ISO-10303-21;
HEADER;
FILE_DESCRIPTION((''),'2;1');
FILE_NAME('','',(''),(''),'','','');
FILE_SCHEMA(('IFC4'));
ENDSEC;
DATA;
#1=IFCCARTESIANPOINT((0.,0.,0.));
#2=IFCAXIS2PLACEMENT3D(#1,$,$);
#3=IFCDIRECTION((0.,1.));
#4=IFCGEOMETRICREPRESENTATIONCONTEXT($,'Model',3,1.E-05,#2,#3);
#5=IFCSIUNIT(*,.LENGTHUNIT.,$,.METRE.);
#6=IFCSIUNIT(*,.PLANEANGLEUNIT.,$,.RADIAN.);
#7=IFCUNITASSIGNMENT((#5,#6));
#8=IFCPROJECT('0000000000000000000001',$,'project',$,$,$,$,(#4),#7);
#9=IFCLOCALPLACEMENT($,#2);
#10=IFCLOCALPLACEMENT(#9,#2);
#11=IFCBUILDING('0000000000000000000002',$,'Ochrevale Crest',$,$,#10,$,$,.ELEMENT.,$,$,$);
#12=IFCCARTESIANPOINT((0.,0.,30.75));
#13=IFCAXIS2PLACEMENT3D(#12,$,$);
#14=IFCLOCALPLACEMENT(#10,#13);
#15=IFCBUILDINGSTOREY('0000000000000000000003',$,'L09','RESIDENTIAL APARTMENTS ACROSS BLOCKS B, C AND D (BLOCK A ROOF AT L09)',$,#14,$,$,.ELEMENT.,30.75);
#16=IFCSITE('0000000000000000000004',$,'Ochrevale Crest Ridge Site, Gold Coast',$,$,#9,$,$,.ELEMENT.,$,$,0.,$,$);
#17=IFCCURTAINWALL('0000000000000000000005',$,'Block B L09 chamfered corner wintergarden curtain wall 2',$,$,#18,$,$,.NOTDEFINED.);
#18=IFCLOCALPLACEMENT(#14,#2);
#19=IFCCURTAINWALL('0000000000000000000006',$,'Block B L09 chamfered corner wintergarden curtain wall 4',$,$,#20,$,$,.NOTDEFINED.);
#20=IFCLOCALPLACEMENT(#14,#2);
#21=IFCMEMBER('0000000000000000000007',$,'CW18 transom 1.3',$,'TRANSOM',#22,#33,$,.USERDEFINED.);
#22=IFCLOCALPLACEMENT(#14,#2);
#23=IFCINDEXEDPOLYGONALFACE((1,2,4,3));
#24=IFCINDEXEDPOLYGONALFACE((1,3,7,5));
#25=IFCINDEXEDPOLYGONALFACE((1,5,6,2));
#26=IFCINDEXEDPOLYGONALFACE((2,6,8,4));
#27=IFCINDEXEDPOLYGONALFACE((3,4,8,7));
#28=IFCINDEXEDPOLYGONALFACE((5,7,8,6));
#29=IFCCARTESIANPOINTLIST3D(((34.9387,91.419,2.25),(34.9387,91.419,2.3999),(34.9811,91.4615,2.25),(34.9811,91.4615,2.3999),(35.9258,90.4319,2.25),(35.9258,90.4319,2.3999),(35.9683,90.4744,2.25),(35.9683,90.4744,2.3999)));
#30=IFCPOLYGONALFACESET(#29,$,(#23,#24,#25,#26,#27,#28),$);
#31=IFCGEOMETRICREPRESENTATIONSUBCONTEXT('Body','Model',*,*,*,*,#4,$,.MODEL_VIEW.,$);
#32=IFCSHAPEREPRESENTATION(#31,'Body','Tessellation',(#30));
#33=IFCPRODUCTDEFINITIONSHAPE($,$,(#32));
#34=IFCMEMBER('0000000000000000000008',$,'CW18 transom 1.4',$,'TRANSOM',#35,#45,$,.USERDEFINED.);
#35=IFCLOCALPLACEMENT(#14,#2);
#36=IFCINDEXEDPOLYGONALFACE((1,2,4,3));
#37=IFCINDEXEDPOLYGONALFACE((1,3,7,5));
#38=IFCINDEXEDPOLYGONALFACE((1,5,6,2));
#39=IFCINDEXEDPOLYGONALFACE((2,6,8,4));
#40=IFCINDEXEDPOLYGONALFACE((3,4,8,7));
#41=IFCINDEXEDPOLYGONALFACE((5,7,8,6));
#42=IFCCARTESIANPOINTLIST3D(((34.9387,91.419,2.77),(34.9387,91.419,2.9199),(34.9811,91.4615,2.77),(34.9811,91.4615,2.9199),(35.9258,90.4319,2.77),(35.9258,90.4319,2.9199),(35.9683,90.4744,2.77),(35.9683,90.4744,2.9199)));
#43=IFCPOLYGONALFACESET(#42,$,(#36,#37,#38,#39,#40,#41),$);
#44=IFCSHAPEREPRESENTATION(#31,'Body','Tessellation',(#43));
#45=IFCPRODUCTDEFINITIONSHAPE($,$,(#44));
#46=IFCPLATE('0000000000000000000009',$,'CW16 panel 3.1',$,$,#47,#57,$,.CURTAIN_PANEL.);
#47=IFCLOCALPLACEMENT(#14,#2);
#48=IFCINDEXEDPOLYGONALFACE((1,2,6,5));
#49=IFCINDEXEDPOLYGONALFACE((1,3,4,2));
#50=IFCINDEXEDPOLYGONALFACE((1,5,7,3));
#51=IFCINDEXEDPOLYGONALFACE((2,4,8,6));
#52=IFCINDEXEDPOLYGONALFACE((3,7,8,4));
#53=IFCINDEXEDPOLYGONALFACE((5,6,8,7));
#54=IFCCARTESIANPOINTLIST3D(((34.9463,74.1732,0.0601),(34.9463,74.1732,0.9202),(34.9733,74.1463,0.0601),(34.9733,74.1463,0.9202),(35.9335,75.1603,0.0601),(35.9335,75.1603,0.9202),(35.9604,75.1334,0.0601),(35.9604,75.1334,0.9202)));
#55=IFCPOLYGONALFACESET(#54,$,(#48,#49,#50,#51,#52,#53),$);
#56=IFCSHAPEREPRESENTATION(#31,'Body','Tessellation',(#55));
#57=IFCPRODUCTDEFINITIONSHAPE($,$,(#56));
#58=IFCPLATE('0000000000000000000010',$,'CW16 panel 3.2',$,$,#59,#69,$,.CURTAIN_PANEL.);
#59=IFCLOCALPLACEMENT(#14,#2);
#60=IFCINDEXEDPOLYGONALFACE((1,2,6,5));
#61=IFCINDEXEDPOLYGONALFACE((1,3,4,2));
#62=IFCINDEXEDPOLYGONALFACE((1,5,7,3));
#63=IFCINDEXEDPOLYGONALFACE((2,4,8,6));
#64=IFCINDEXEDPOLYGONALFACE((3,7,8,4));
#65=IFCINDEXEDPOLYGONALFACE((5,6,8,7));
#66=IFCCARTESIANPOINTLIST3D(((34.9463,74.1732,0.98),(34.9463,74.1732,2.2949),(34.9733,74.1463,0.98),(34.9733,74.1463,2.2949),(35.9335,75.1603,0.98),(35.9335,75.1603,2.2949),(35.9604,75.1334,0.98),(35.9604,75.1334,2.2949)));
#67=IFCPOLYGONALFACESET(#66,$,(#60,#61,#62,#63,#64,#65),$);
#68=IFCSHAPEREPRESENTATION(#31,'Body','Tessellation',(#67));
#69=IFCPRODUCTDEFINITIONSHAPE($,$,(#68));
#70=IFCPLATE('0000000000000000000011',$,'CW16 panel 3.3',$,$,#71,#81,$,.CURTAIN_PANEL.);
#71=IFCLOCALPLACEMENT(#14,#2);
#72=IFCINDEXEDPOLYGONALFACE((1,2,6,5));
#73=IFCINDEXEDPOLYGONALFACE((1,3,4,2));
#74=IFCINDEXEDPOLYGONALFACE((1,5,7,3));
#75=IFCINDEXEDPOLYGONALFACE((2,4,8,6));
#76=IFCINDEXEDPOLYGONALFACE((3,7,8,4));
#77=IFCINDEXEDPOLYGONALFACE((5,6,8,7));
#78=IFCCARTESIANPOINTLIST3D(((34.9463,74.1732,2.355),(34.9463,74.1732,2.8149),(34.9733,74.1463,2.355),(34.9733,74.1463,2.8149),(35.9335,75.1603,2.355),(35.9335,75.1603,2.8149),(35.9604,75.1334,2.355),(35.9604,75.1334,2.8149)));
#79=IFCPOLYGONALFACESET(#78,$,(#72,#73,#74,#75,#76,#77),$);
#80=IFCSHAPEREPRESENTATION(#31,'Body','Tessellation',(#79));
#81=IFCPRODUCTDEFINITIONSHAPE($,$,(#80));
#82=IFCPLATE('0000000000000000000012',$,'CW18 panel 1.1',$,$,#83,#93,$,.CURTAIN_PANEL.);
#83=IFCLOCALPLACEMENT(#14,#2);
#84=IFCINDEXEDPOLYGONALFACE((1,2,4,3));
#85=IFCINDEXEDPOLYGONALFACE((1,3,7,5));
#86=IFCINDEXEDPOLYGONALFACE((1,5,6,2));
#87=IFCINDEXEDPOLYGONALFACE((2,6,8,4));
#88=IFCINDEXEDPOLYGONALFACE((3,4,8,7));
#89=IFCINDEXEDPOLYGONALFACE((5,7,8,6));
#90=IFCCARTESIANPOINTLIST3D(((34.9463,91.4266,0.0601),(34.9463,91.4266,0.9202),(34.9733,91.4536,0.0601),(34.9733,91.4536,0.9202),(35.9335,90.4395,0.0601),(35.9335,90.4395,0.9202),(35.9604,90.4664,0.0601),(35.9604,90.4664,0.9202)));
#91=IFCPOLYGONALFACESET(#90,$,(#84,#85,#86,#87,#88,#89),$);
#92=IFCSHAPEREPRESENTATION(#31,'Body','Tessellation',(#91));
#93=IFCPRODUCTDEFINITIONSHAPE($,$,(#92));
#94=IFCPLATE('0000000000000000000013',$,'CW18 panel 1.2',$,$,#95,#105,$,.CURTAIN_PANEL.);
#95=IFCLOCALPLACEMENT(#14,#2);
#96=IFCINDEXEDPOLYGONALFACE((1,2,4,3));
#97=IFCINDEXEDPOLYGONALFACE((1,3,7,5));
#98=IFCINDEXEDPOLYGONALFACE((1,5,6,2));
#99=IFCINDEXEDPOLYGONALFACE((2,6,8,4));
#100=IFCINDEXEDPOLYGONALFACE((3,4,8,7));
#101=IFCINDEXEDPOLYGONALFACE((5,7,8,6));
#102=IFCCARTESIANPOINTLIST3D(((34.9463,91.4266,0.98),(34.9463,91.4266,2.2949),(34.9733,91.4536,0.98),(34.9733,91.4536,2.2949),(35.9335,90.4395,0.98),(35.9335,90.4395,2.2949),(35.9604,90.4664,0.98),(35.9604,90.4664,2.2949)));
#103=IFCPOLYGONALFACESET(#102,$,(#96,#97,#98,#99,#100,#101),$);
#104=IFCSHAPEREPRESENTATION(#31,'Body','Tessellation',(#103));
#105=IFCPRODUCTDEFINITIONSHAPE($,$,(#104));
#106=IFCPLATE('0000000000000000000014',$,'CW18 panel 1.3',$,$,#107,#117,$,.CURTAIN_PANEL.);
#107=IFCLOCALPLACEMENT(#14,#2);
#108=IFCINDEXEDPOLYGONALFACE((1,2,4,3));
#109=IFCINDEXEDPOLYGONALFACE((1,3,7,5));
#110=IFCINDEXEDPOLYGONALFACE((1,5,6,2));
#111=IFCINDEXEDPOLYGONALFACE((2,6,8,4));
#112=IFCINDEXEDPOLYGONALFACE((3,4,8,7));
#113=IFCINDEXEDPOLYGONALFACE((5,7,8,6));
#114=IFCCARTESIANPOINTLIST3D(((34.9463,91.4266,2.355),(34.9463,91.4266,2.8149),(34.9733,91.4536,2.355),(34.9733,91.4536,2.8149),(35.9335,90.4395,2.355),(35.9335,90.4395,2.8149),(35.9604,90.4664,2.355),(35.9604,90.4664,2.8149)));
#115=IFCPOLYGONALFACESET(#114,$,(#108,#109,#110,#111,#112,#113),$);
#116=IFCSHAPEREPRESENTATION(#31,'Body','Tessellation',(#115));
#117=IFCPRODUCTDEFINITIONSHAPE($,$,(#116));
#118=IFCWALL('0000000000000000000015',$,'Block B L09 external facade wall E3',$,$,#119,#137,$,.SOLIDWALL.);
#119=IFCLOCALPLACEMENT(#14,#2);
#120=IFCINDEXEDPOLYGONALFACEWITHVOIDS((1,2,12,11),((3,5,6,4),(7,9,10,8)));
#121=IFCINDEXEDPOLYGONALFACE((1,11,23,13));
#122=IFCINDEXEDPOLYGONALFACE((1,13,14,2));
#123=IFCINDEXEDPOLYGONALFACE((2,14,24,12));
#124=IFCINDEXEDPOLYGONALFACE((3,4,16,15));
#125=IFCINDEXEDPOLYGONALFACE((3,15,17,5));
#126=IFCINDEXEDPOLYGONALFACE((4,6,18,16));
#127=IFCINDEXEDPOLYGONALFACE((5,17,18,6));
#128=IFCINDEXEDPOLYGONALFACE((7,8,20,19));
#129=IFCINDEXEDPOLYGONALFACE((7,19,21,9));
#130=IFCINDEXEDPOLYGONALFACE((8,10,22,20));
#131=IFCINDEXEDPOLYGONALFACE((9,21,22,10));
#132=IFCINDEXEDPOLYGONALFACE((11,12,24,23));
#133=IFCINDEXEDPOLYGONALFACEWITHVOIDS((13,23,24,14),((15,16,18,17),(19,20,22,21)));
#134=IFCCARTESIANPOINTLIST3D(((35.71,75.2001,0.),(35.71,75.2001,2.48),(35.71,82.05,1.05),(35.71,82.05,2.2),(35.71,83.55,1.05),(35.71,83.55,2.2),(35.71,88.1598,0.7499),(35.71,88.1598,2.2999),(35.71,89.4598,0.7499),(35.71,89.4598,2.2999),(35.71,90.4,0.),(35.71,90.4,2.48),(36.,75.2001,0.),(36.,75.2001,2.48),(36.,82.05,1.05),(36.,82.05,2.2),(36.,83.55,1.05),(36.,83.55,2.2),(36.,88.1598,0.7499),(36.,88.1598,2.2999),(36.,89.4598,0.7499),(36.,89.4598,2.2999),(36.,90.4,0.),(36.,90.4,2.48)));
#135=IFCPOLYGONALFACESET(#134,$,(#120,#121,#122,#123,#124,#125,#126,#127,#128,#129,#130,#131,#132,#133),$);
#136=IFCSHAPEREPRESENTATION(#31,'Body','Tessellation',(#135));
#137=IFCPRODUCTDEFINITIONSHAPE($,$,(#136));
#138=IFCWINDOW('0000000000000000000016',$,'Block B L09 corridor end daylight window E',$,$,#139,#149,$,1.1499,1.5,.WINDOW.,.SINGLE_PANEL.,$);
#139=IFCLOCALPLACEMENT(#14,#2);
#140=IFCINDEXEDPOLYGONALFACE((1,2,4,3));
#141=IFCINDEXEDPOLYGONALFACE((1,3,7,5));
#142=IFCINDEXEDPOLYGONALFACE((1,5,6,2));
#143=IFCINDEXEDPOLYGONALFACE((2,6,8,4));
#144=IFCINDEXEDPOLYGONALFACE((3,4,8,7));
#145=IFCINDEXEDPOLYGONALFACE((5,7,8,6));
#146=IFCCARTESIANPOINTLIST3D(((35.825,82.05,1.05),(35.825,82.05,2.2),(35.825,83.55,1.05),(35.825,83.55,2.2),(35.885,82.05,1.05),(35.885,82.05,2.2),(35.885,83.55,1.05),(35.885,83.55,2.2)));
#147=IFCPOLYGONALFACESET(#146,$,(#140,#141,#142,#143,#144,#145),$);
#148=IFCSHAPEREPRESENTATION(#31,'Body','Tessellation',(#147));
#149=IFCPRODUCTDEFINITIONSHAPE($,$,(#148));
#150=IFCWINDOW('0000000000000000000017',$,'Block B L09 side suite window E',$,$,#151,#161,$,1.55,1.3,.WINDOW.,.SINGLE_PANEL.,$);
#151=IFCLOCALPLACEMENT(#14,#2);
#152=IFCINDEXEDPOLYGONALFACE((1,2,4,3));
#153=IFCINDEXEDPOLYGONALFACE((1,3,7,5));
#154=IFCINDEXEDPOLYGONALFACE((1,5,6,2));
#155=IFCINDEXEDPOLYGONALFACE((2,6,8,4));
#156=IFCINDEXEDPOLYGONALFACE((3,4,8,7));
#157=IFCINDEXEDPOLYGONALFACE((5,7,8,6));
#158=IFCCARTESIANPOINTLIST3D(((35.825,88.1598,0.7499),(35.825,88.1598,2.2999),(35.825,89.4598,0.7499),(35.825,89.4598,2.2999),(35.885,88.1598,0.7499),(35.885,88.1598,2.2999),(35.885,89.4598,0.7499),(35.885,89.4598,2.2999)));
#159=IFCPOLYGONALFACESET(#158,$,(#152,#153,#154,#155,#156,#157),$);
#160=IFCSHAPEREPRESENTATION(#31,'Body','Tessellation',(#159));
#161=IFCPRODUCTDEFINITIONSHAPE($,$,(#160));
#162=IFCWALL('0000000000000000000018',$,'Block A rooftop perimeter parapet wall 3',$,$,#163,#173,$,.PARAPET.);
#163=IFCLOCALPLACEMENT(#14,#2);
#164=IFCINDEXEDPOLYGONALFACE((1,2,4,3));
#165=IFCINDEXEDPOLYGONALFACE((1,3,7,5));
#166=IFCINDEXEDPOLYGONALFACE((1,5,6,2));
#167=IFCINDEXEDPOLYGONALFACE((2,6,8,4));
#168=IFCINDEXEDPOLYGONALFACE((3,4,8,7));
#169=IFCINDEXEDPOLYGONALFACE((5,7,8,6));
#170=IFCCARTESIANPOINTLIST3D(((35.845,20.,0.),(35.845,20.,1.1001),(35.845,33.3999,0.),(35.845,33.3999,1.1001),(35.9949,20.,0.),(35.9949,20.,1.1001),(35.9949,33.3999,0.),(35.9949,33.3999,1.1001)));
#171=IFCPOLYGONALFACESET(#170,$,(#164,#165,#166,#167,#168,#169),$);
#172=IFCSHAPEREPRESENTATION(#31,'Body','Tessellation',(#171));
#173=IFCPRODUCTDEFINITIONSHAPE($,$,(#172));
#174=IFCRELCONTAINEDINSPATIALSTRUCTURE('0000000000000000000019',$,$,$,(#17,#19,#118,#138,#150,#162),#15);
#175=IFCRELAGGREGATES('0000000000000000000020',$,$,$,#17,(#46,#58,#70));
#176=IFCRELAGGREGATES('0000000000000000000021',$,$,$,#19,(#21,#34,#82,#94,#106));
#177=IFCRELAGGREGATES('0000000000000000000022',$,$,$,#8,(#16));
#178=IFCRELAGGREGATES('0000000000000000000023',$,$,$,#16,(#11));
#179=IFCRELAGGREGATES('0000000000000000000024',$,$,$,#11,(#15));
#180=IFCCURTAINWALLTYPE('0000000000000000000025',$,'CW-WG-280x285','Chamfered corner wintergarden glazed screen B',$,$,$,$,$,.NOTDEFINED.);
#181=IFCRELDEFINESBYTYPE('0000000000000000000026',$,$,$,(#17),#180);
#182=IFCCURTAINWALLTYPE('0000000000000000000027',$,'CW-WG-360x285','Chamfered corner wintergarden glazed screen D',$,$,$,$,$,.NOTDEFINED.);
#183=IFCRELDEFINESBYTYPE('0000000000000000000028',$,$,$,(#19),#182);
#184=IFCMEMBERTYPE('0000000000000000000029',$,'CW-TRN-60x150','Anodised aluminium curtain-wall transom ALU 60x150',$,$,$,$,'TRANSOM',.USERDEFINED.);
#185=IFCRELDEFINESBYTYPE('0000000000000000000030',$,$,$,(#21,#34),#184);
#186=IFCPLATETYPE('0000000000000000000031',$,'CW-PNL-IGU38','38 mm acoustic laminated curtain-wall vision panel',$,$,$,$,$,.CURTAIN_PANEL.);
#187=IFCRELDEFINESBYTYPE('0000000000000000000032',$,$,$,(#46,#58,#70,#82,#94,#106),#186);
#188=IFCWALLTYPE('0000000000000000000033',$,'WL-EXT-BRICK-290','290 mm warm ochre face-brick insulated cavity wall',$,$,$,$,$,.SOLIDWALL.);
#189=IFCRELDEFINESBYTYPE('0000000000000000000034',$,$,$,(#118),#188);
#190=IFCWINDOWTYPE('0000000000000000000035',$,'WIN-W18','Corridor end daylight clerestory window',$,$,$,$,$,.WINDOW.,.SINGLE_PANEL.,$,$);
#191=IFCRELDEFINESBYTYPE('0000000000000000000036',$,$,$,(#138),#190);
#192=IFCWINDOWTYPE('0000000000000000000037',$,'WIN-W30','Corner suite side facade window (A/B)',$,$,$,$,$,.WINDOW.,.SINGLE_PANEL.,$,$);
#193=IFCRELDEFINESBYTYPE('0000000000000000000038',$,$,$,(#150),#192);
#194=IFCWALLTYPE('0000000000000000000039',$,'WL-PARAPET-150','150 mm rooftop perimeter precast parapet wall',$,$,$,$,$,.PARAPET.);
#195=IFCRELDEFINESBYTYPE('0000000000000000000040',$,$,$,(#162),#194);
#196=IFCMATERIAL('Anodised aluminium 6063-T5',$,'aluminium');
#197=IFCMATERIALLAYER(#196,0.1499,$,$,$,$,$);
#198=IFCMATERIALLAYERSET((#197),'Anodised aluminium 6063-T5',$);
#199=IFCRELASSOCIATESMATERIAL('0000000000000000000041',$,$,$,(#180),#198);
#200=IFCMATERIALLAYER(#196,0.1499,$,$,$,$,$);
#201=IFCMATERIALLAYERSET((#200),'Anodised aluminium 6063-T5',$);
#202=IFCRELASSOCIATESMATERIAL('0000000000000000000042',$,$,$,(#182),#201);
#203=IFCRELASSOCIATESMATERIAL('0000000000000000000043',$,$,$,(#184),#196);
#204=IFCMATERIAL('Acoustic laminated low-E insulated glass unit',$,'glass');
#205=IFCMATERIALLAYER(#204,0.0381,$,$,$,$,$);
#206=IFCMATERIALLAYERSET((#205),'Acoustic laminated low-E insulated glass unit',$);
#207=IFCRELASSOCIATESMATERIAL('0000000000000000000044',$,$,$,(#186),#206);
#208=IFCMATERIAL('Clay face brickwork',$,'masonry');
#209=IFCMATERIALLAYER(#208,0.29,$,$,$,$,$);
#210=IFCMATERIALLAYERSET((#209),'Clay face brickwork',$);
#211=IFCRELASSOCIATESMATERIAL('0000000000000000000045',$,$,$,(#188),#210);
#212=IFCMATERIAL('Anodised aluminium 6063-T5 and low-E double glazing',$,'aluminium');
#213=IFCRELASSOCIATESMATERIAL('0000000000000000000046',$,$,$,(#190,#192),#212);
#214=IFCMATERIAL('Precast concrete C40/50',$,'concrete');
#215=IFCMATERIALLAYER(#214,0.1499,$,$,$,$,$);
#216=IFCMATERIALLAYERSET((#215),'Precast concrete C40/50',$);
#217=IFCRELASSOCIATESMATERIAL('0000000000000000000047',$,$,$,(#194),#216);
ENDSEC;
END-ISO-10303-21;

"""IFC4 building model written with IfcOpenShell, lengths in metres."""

from ifc_helpers import new_model, si_unit, direction, frame, frame_2d, origin, origin_2d, place, context, subcontext, project, spatial, rectangle, extrude, material, layer, layer_set, material_profile, profile_set, type_object, element, fill, aggregate, save


model = new_model("IFC4")

# Units and contexts
model_context = context("Model", 3, precision=1e-05, world=origin(), true_north=direction((0.0, 1.0)))
body_context = subcontext(model_context, "Body", "Model", "MODEL_VIEW")
ifc_project = project(units=[si_unit("LENGTHUNIT", "METRE"), si_unit("PLANEANGLEUNIT", "RADIAN")], contexts=[model_context])

# Site, building, storey
site_placement = place(None, origin())
site = spatial("IfcSite", under=ifc_project, at=site_placement, Name="Ochrevale Crest Ridge Site, Gold Coast", CompositionType="ELEMENT", RefElevation=0.0)
building_placement = place(site_placement, origin())
building = spatial("IfcBuilding", under=site, at=building_placement, Name="Ochrevale Crest", CompositionType="ELEMENT")
storey_placement = place(building_placement, frame((0.0, 0.0, 30.75)))
storey = spatial("IfcBuildingStorey", under=building, at=storey_placement, Name="L09", Description="RESIDENTIAL APARTMENTS ACROSS BLOCKS B, C AND D (BLOCK A ROOF AT L09)", CompositionType="ELEMENT", Elevation=30.75)

# Shared definitions
ifc_material_1 = material(Name="Precast concrete C40/50", Category="concrete")

# Curtain walls
ifc_material_2 = material(Name="Anodised aluminium 6063-T5", Category="aluminium")
ifc_layer_1 = layer(ifc_material_2, 0.1499)
ifc_layer_set_1 = layer_set([ifc_layer_1], Name="Anodised aluminium 6063-T5")
curtain_wall_type_1 = type_object("IfcCurtainWallType", Name="CW-WG-280x285", Description="Chamfered corner wintergarden glazed screen B", PredefinedType="NOTDEFINED", material=ifc_layer_set_1)
curtain_wall_1_placement = place(storey_placement, origin())
curtain_wall_1 = element("IfcCurtainWall", 1, at=curtain_wall_1_placement, inside=storey, type_object=curtain_wall_type_1, Name="Block B L09 chamfered corner wintergarden curtain wall 2", PredefinedType="NOTDEFINED")
ifc_layer_2 = layer(ifc_material_2, 0.1499)
ifc_layer_set_2 = layer_set([ifc_layer_2], Name="Anodised aluminium 6063-T5")
curtain_wall_type_2 = type_object("IfcCurtainWallType", Name="CW-WG-360x285", Description="Chamfered corner wintergarden glazed screen D", PredefinedType="NOTDEFINED", material=ifc_layer_set_2)
curtain_wall_2_placement = place(storey_placement, origin())
curtain_wall_2 = element("IfcCurtainWall", 2, at=curtain_wall_2_placement, inside=storey, type_object=curtain_wall_type_2, Name="Block B L09 chamfered corner wintergarden curtain wall 4", PredefinedType="NOTDEFINED")

# Members
ifc_material_profile_1 = material_profile(ifc_material_2, rectangle(XDim=0.0601, YDim=0.1499, at=origin_2d()), Name="ALU 60x150")
ifc_profile_set_1 = profile_set([ifc_material_profile_1], Name="Anodised aluminium 6063-T5")
member_type_1 = type_object("IfcMemberType", Name="CW-TRN-60x150", Description="Anodised aluminium curtain-wall transom ALU 60x150", ElementType="TRANSOM", PredefinedType="USERDEFINED", material=ifc_profile_set_1)
member_1_placement = place(storey_placement, frame((35.947, 90.4531, 2.325), z_axis=(-0.707107, 0.707107, 0.0), x_axis=(-0.707107, -0.707107, 0.0)))
member_1 = element("IfcMember", 3, at=member_1_placement, type_object=member_type_1, Name="CW18 transom 1.3", ObjectType="TRANSOM", PredefinedType="USERDEFINED", context=body_context, shape_type="SweptSolid", body=[
    extrude(rectangle(XDim=0.0601, YDim=0.1499, at=origin_2d()), origin(), (0.0, 0.0, 1.0), 1.396),
])
member_2_placement = place(storey_placement, frame((35.947, 90.4531, 2.845), z_axis=(-0.707107, 0.707107, 0.0), x_axis=(-0.707107, -0.707107, 0.0)))
member_2 = element("IfcMember", 4, at=member_2_placement, type_object=member_type_1, Name="CW18 transom 1.4", ObjectType="TRANSOM", PredefinedType="USERDEFINED", context=body_context, shape_type="SweptSolid", body=[
    extrude(rectangle(XDim=0.0601, YDim=0.1499, at=origin_2d()), origin(), (0.0, 0.0, 1.0), 1.396),
])

# Plates
ifc_material_3 = material(Name="Acoustic laminated low-E insulated glass unit", Category="glass")
ifc_layer_3 = layer(ifc_material_3, 0.0381)
ifc_layer_set_3 = layer_set([ifc_layer_3], Name="Acoustic laminated low-E insulated glass unit")
plate_type = type_object("IfcPlateType", Name="CW-PNL-IGU38", Description="38 mm acoustic laminated curtain-wall vision panel", PredefinedType="CURTAIN_PANEL", material=ifc_layer_set_3)
plate_1_placement = place(storey_placement, frame((35.4534, 74.6533, 0.0601), z_axis=(0.0, 0.0, 1.0), x_axis=(0.707107, 0.707107, 0.0)))
plate_1 = element("IfcPlate", 5, at=plate_1_placement, type_object=plate_type, Name="CW16 panel 3.1", PredefinedType="CURTAIN_PANEL", context=body_context, shape_type="SweptSolid", body=[
    extrude(rectangle(XDim=1.396, YDim=0.0381, at=origin_2d()), origin(), (0.0, 0.0, 1.0), 0.8601),
])
plate_2_placement = place(storey_placement, frame((35.4534, 74.6533, 0.98), z_axis=(0.0, 0.0, 1.0), x_axis=(0.707107, 0.707107, 0.0)))
plate_2 = element("IfcPlate", 6, at=plate_2_placement, type_object=plate_type, Name="CW16 panel 3.2", PredefinedType="CURTAIN_PANEL", context=body_context, shape_type="SweptSolid", body=[
    extrude(rectangle(XDim=1.396, YDim=0.0381, at=origin_2d()), origin(), (0.0, 0.0, 1.0), 1.3149),
])
plate_3_placement = place(storey_placement, frame((35.4534, 74.6533, 2.355), z_axis=(0.0, 0.0, 1.0), x_axis=(0.707107, 0.707107, 0.0)))
plate_3 = element("IfcPlate", 7, at=plate_3_placement, type_object=plate_type, Name="CW16 panel 3.3", PredefinedType="CURTAIN_PANEL", context=body_context, shape_type="SweptSolid", body=[
    extrude(rectangle(XDim=1.396, YDim=0.0381, at=origin_2d()), origin(), (0.0, 0.0, 1.0), 0.46),
])
aggregate(curtain_wall_1, [plate_1, plate_2, plate_3])
plate_4_placement = place(storey_placement, frame((35.4534, 90.9465, 0.0601), z_axis=(0.0, 0.0, 1.0), x_axis=(-0.707107, 0.707107, 0.0)))
plate_4 = element("IfcPlate", 8, at=plate_4_placement, type_object=plate_type, Name="CW18 panel 1.1", PredefinedType="CURTAIN_PANEL", context=body_context, shape_type="SweptSolid", body=[
    extrude(rectangle(XDim=1.396, YDim=0.0381, at=origin_2d()), origin(), (0.0, 0.0, 1.0), 0.8601),
])
plate_5_placement = place(storey_placement, frame((35.4534, 90.9465, 0.98), z_axis=(0.0, 0.0, 1.0), x_axis=(-0.707107, 0.707107, 0.0)))
plate_5 = element("IfcPlate", 9, at=plate_5_placement, type_object=plate_type, Name="CW18 panel 1.2", PredefinedType="CURTAIN_PANEL", context=body_context, shape_type="SweptSolid", body=[
    extrude(rectangle(XDim=1.396, YDim=0.0381, at=origin_2d()), origin(), (0.0, 0.0, 1.0), 1.3149),
])
plate_6_placement = place(storey_placement, frame((35.4534, 90.9465, 2.355), z_axis=(0.0, 0.0, 1.0), x_axis=(-0.707107, 0.707107, 0.0)))
plate_6 = element("IfcPlate", 10, at=plate_6_placement, type_object=plate_type, Name="CW18 panel 1.3", PredefinedType="CURTAIN_PANEL", context=body_context, shape_type="SweptSolid", body=[
    extrude(rectangle(XDim=1.396, YDim=0.0381, at=origin_2d()), origin(), (0.0, 0.0, 1.0), 0.46),
])
aggregate(curtain_wall_2, [member_1, member_2, plate_4, plate_5, plate_6])

# Wall, openings, windows
ifc_material_4 = material(Name="Clay face brickwork", Category="masonry")
ifc_layer_4 = layer(ifc_material_4, 0.29)
ifc_layer_set_4 = layer_set([ifc_layer_4], Name="Clay face brickwork")
wall_type_1 = type_object("IfcWallType", Name="WL-EXT-BRICK-290", Description="290 mm warm ochre face-brick insulated cavity wall", PredefinedType="SOLIDWALL", material=ifc_layer_set_4)
wall_1_placement = place(storey_placement, frame((35.855, 75.2, 0.0), z_axis=(0.0, 0.0, 1.0), x_axis=(0.0, 1.0, 0.0)))
wall_1 = element("IfcWall", 11, at=wall_1_placement, inside=storey, type_object=wall_type_1, Name="Block B L09 external facade wall E3", PredefinedType="SOLIDWALL", context=body_context, shape_type="SweptSolid", body=[
    extrude(rectangle(XDim=15.2, YDim=0.29, at=frame_2d((7.6001, 0.0))), origin(), (0.0, 0.0, 1.0), 2.48),
])
opening_1_placement = place(wall_1_placement, frame((6.8501, 0.0, 1.05)))
opening_1 = element("IfcOpeningElement", 12, at=opening_1_placement, cuts=wall_1, PredefinedType="OPENING", context=body_context, shape_type="SweptSolid", body=[
    extrude(rectangle(XDim=1.5, YDim=1.1499, at=frame_2d((0.75, 0.575))), frame((0.0, 0.155, 0.0), z_axis=(0.0, -1.0, 0.0), x_axis=(1.0, 0.0, 0.0)), (0.0, 0.0, 1.0), 0.3101),
])
opening_2_placement = place(wall_1_placement, frame((12.96, 0.0, 0.75)))
opening_2 = element("IfcOpeningElement", 13, at=opening_2_placement, cuts=wall_1, PredefinedType="OPENING", context=body_context, shape_type="SweptSolid", body=[
    extrude(rectangle(XDim=1.3, YDim=1.55, at=frame_2d((0.6499, 0.7749))), frame((0.0, 0.155, 0.0), z_axis=(0.0, -1.0, 0.0), x_axis=(1.0, 0.0, 0.0)), (0.0, 0.0, 1.0), 0.3101),
])
ifc_material_5 = material(Name="Anodised aluminium 6063-T5 and low-E double glazing", Category="aluminium")
window_type_1 = type_object("IfcWindowType", Name="WIN-W18", Description="Corridor end daylight clerestory window", PartitioningType="SINGLE_PANEL", PredefinedType="WINDOW", material=ifc_material_5)
window_1_placement = place(opening_1_placement, origin())
window_1 = element("IfcWindow", 14, at=window_1_placement, inside=storey, type_object=window_type_1, Name="Block B L09 corridor end daylight window E", OverallHeight=1.1499, OverallWidth=1.5, PartitioningType="SINGLE_PANEL", PredefinedType="WINDOW", context=body_context, shape_type="SweptSolid", body=[
    extrude(rectangle(XDim=1.5, YDim=1.1499, at=frame_2d((0.75, 0.575))), frame((0.0, 0.03, 0.0), z_axis=(0.0, -1.0, 0.0), x_axis=(1.0, 0.0, 0.0)), (0.0, 0.0, 1.0), 0.0601),
])
fill(opening_1, window_1)
window_type_2 = type_object("IfcWindowType", Name="WIN-W30", Description="Corner suite side facade window (A/B)", PartitioningType="SINGLE_PANEL", PredefinedType="WINDOW", material=ifc_material_5)
window_2_placement = place(opening_2_placement, origin())
window_2 = element("IfcWindow", 15, at=window_2_placement, inside=storey, type_object=window_type_2, Name="Block B L09 side suite window E", OverallHeight=1.55, OverallWidth=1.3, PartitioningType="SINGLE_PANEL", PredefinedType="WINDOW", context=body_context, shape_type="SweptSolid", body=[
    extrude(rectangle(XDim=1.3, YDim=1.55, at=frame_2d((0.6499, 0.7749))), frame((0.0, 0.03, 0.0), z_axis=(0.0, -1.0, 0.0), x_axis=(1.0, 0.0, 0.0)), (0.0, 0.0, 1.0), 0.0601),
])
fill(opening_2, window_2)

# Wall
ifc_layer_5 = layer(ifc_material_1, 0.1499)
ifc_layer_set_5 = layer_set([ifc_layer_5], Name="Precast concrete C40/50")
wall_type_2 = type_object("IfcWallType", Name="WL-PARAPET-150", Description="150 mm rooftop perimeter precast parapet wall", PredefinedType="PARAPET", material=ifc_layer_set_5)
wall_2_placement = place(storey_placement, frame((35.9199, 20.0, 0.0), z_axis=(0.0, 0.0, 1.0), x_axis=(0.0, 1.0, 0.0)))
element("IfcWall", 16, at=wall_2_placement, inside=storey, type_object=wall_type_2, Name="Block A rooftop perimeter parapet wall 3", PredefinedType="PARAPET", context=body_context, shape_type="SweptSolid", body=[
    extrude(rectangle(XDim=13.3999, YDim=0.1499, at=frame_2d((6.7, 0.0))), origin(), (0.0, 0.0, 1.0), 1.1001),
])

save(model, "model.ifc")
